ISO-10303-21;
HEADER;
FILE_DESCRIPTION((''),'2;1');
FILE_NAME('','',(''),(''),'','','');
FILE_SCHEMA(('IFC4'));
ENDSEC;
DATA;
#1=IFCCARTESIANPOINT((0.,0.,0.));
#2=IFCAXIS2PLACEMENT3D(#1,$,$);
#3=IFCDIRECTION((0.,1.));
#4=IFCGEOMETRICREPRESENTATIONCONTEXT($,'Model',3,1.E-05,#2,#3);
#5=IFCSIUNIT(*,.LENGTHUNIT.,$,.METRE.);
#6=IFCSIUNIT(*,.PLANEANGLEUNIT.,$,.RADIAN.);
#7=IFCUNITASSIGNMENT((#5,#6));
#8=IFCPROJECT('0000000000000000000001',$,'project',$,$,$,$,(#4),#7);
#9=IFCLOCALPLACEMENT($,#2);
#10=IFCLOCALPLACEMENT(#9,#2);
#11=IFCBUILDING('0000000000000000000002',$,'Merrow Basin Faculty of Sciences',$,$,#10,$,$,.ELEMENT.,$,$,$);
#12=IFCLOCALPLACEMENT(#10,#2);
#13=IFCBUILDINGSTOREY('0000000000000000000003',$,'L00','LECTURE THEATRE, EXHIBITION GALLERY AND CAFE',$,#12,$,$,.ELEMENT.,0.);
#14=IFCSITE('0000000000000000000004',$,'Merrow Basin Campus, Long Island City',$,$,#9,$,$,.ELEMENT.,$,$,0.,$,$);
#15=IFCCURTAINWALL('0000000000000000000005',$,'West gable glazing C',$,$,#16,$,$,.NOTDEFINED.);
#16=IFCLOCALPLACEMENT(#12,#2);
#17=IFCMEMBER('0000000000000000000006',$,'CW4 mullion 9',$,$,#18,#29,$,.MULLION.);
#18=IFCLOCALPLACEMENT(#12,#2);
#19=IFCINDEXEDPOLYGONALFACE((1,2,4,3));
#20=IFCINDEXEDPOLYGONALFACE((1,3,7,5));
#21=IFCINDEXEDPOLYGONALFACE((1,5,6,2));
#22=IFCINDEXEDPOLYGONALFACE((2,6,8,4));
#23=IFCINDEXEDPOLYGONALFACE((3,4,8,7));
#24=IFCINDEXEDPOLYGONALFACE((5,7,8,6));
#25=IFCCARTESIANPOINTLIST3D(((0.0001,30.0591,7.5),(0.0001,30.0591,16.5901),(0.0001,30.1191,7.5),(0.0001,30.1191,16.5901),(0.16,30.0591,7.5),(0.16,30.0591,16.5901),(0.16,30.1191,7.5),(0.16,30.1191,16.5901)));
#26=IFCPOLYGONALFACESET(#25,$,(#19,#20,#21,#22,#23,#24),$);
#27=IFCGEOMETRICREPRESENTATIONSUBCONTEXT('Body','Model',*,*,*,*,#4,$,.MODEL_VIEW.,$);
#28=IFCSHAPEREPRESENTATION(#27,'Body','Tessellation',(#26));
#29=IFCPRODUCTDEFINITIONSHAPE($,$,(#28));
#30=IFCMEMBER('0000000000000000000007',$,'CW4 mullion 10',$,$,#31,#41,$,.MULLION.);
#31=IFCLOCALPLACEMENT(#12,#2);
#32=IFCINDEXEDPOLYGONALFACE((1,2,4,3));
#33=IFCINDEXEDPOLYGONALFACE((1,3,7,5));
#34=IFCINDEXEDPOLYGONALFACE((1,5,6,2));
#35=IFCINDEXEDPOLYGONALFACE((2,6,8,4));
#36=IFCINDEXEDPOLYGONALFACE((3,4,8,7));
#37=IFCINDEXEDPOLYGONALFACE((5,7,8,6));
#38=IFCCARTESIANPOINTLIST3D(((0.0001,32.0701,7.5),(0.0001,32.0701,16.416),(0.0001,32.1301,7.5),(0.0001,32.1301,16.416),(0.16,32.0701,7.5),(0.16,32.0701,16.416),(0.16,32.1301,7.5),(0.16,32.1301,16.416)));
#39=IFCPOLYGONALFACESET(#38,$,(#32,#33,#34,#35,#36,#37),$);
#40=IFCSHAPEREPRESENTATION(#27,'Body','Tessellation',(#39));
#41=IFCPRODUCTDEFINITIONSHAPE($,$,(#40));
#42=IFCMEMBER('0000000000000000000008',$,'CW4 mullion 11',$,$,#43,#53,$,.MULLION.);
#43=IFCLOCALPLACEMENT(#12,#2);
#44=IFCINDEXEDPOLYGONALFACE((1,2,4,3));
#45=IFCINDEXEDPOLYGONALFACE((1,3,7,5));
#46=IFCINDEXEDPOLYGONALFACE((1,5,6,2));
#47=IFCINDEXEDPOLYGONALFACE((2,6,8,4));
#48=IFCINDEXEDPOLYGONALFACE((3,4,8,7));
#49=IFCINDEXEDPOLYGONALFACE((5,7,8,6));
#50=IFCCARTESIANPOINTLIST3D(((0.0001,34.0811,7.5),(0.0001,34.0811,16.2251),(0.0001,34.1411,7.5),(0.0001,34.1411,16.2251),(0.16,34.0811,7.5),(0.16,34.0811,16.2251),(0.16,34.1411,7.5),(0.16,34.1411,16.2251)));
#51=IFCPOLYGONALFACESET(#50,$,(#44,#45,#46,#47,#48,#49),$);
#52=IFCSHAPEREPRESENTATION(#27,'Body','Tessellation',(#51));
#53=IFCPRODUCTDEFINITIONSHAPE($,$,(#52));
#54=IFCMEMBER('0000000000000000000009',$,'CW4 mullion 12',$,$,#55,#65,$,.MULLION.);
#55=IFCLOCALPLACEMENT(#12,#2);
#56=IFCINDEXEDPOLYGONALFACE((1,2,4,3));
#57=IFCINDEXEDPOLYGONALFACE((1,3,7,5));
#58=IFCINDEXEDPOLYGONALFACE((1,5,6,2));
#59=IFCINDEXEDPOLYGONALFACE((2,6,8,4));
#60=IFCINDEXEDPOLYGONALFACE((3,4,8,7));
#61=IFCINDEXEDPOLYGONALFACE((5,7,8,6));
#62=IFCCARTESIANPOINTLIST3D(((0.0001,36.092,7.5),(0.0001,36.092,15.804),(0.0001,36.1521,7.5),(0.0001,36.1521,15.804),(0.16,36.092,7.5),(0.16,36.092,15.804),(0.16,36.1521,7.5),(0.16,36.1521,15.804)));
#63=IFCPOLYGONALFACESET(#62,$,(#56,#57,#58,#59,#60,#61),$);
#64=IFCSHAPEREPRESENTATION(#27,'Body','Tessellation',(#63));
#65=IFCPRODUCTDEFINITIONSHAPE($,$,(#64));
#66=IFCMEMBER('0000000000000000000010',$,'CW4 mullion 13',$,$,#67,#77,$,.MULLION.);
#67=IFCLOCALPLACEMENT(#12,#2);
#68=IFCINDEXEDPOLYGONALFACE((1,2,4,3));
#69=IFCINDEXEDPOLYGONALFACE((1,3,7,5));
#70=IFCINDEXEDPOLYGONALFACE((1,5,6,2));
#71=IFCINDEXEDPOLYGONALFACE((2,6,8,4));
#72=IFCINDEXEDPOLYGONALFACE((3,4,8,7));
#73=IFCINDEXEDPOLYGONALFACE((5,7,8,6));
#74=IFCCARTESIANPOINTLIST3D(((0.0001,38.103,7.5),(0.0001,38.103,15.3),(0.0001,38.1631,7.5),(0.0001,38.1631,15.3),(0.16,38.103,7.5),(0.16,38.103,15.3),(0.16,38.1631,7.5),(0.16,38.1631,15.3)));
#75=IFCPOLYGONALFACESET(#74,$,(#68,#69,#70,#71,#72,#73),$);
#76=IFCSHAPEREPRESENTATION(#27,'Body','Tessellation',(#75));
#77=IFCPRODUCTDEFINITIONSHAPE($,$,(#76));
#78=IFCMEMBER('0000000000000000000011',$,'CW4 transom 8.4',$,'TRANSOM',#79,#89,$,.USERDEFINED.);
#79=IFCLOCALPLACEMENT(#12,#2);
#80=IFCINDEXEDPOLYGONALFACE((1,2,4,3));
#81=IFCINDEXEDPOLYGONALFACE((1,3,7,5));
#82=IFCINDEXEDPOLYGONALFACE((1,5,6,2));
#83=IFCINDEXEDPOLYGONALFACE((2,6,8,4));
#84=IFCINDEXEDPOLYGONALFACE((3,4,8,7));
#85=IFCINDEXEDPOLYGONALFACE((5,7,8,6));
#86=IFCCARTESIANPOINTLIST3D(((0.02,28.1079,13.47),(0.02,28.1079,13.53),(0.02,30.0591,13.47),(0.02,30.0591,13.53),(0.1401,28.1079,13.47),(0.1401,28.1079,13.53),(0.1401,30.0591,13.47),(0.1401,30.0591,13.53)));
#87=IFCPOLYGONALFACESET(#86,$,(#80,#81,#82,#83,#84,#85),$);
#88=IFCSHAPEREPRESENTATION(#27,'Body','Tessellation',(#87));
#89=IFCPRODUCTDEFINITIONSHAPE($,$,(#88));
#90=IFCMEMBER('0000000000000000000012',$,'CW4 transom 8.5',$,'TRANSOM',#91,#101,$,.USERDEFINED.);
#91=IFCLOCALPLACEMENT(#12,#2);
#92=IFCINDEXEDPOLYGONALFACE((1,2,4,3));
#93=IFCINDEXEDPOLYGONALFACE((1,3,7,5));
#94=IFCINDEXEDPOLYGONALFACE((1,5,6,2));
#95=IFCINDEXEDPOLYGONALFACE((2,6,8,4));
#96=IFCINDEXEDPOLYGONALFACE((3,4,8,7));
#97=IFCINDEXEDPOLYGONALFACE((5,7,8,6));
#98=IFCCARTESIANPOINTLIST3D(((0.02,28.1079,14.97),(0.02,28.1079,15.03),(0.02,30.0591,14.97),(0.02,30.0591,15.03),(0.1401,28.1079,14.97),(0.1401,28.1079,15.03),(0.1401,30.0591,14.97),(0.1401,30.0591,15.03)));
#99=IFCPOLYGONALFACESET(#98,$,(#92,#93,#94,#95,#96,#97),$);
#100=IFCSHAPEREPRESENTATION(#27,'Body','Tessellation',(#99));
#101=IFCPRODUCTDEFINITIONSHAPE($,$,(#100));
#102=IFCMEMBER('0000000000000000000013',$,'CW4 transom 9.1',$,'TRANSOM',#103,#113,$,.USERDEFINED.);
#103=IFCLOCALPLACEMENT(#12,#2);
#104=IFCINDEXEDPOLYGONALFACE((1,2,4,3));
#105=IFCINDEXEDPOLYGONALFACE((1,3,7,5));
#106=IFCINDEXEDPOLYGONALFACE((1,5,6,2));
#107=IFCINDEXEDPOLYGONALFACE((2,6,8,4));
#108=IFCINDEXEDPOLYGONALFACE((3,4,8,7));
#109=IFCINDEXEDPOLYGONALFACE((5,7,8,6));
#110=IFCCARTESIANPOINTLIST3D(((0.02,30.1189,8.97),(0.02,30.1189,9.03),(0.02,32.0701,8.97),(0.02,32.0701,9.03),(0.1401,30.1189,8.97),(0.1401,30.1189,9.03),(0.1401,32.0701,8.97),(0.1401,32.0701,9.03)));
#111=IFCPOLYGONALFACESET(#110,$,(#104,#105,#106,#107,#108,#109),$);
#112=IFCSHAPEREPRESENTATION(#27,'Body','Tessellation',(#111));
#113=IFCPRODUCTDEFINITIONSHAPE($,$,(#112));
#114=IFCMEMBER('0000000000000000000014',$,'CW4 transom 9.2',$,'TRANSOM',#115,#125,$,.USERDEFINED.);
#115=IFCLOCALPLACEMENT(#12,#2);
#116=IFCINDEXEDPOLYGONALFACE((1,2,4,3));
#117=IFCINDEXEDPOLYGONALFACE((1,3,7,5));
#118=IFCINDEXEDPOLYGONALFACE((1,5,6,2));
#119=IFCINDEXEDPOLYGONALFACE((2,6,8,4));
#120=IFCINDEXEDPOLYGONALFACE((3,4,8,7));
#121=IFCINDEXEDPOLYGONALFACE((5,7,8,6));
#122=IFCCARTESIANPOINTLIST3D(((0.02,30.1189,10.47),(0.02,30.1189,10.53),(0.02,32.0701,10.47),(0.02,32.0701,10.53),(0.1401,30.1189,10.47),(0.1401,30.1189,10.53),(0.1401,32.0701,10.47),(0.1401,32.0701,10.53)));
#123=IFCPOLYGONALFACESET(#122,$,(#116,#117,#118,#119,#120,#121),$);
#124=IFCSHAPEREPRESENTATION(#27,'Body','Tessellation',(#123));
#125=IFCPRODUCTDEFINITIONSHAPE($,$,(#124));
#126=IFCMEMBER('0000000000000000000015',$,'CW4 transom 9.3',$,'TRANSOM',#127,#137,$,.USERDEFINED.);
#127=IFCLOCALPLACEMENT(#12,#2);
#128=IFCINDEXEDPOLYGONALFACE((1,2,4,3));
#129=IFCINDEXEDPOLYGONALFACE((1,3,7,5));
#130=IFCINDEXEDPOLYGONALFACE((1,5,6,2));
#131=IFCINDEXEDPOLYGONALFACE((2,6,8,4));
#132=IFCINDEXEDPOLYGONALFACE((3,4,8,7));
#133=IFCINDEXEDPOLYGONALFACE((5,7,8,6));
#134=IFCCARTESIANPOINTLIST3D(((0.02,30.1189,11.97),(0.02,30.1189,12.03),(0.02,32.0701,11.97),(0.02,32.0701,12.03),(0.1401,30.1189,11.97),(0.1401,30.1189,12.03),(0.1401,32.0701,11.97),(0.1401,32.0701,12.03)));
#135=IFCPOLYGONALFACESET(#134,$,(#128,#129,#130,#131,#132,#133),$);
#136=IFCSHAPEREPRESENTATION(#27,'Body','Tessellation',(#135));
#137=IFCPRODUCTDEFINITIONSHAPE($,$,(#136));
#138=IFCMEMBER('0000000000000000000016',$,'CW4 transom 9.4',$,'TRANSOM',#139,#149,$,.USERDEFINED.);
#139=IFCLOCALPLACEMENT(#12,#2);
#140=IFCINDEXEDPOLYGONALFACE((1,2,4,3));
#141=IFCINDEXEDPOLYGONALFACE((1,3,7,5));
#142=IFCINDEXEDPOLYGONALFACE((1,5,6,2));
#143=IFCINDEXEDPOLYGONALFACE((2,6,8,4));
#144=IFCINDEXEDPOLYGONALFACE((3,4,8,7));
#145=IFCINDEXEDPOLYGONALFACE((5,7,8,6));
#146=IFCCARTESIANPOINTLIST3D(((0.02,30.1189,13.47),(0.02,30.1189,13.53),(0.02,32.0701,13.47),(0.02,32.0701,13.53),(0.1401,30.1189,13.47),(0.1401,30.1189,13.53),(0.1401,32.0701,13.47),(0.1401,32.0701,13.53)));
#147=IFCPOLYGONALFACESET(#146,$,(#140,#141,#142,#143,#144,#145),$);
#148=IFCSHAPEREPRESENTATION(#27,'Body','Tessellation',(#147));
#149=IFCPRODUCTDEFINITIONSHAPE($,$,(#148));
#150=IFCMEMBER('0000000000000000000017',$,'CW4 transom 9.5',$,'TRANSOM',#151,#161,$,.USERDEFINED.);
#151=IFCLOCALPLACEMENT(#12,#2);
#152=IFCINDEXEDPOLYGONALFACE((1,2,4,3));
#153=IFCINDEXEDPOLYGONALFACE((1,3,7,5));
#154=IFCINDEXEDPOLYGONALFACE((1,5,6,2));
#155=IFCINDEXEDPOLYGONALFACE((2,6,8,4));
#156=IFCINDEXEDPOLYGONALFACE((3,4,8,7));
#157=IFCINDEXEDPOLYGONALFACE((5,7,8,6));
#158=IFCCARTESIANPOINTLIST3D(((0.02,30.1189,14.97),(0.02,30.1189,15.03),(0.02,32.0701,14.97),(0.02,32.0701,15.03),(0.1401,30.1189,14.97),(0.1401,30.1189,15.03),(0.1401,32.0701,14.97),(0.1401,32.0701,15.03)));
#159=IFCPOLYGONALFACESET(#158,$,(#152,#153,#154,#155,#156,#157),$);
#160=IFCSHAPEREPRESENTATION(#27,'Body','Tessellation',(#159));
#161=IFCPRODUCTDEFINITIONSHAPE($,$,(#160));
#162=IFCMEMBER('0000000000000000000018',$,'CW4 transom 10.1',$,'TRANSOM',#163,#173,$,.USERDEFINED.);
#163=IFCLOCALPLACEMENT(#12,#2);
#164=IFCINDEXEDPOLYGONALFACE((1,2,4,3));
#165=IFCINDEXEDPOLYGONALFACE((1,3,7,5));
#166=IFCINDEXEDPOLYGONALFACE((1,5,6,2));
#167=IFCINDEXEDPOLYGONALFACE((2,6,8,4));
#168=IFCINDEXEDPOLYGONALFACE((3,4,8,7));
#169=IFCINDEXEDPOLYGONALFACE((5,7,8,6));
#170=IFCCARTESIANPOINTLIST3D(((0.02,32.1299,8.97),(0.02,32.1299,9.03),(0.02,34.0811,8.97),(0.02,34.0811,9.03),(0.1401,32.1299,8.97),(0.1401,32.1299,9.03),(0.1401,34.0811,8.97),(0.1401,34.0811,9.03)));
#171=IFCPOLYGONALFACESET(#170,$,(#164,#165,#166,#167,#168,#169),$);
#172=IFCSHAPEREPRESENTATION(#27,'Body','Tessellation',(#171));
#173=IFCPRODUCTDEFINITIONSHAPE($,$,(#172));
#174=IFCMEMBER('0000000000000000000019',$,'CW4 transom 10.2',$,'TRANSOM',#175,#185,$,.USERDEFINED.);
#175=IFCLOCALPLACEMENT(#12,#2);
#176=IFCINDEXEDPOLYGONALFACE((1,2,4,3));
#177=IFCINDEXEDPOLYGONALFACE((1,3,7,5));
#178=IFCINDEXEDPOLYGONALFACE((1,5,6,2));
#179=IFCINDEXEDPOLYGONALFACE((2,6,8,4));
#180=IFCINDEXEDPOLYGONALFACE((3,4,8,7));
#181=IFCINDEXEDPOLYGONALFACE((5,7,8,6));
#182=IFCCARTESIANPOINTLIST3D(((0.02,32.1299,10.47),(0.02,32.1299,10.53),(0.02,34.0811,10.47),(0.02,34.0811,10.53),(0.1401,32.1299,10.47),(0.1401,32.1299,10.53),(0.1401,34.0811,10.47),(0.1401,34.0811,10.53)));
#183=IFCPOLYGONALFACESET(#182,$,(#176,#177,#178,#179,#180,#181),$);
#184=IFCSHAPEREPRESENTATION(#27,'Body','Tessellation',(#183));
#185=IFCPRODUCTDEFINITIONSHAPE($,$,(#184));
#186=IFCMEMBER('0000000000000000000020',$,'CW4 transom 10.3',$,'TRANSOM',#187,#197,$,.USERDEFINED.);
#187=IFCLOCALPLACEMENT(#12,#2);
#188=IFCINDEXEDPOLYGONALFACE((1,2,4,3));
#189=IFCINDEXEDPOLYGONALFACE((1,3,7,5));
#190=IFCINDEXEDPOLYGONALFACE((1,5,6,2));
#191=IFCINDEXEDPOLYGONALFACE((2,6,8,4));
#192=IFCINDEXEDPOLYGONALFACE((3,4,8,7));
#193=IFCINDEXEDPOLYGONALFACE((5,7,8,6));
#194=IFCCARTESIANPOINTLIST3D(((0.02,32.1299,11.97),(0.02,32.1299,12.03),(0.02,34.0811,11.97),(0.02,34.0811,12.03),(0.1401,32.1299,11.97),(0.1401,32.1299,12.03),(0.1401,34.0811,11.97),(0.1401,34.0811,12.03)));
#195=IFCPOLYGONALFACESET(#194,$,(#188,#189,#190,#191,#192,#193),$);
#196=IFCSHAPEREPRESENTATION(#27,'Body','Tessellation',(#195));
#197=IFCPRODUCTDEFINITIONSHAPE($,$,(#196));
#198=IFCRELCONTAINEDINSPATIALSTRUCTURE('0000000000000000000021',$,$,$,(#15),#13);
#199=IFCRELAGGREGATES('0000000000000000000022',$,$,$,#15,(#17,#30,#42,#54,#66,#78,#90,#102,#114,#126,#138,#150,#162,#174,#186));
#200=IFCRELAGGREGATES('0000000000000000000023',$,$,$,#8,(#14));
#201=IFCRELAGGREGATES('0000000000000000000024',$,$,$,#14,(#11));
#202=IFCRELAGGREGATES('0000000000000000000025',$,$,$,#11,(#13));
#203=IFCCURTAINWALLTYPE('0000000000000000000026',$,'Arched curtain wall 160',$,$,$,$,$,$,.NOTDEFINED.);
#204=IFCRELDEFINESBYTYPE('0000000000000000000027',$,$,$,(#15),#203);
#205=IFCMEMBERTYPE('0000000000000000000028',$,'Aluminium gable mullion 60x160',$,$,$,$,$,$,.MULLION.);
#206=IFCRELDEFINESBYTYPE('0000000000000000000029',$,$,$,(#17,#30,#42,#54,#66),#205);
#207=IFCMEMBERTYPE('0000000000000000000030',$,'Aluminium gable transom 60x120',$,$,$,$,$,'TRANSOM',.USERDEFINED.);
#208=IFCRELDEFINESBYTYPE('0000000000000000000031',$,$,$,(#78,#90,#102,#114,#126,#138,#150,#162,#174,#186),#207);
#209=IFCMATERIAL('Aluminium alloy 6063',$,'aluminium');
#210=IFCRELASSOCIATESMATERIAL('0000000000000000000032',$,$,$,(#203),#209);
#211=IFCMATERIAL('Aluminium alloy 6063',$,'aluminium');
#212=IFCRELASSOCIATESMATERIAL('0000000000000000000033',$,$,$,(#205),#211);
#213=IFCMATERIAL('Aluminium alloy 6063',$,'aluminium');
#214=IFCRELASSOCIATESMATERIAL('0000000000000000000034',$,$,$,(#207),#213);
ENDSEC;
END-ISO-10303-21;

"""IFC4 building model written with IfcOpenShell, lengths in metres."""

from ifc_helpers import new_model, si_unit, direction, frame, origin, origin_2d, place, context, subcontext, project, spatial, rectangle, extrude, material, material_profile, profile_set, type_object, element, aggregate, save


model = new_model("IFC4")

# Units and contexts
model_context = context("Model", 3, precision=1e-05, world=origin(), true_north=direction((0.0, 1.0)))
body_context = subcontext(model_context, "Body", "Model", "MODEL_VIEW")
ifc_project = project(units=[si_unit("LENGTHUNIT", "METRE"), si_unit("PLANEANGLEUNIT", "RADIAN")], contexts=[model_context])

# Site, building, storey
site_placement = place(None, origin())
site = spatial("IfcSite", under=ifc_project, at=site_placement, Name="Merrow Basin Campus, Long Island City", CompositionType="ELEMENT", RefElevation=0.0)
building_placement = place(site_placement, origin())
building = spatial("IfcBuilding", under=site, at=building_placement, Name="Merrow Basin Faculty of Sciences", CompositionType="ELEMENT")
storey_placement = place(building_placement, origin())
storey = spatial("IfcBuildingStorey", under=building, at=storey_placement, Name="L00", Description="LECTURE THEATRE, EXHIBITION GALLERY AND CAFE", CompositionType="ELEMENT", Elevation=0.0)

# Curtain wall, members
ifc_material_1 = material(Name="Aluminium alloy 6063", Category="aluminium")
curtain_wall_type = type_object("IfcCurtainWallType", Name="Arched curtain wall 160", PredefinedType="NOTDEFINED", material=ifc_material_1)
curtain_wall_placement = place(storey_placement, origin())
curtain_wall = element("IfcCurtainWall", 1, at=curtain_wall_placement, inside=storey, type_object=curtain_wall_type, Name="West gable glazing C", PredefinedType="NOTDEFINED")
ifc_material_2 = material(Name="Aluminium alloy 6063", Category="aluminium")
ifc_material_profile_1 = material_profile(ifc_material_2, rectangle(XDim=0.1599, YDim=0.0601, at=origin_2d()))
ifc_profile_set_1 = profile_set([ifc_material_profile_1], Name="Aluminium alloy 6063")
member_type_1 = type_object("IfcMemberType", Name="Aluminium gable mullion 60x160", PredefinedType="MULLION", material=ifc_profile_set_1)
member_1_placement = place(storey_placement, frame((0.0801, 30.0891, 7.5), z_axis=(0.0, 0.0, 1.0), x_axis=(1.0, 0.0, 0.0)))
member_1 = element("IfcMember", 2, at=member_1_placement, type_object=member_type_1, Name="CW4 mullion 9", PredefinedType="MULLION", context=body_context, shape_type="SweptSolid", body=[
    extrude(rectangle(XDim=0.1599, YDim=0.0601, at=origin_2d()), origin(), (0.0, 0.0, 1.0), 9.0901),
])
member_2_placement = place(storey_placement, frame((0.0801, 32.1001, 7.5), z_axis=(0.0, 0.0, 1.0), x_axis=(1.0, 0.0, 0.0)))
member_2 = element("IfcMember", 3, at=member_2_placement, type_object=member_type_1, Name="CW4 mullion 10", PredefinedType="MULLION", context=body_context, shape_type="SweptSolid", body=[
    extrude(rectangle(XDim=0.1599, YDim=0.0601, at=origin_2d()), origin(), (0.0, 0.0, 1.0), 8.916),
])
member_3_placement = place(storey_placement, frame((0.0801, 34.1111, 7.5), z_axis=(0.0, 0.0, 1.0), x_axis=(1.0, 0.0, 0.0)))
member_3 = element("IfcMember", 4, at=member_3_placement, type_object=member_type_1, Name="CW4 mullion 11", PredefinedType="MULLION", context=body_context, shape_type="SweptSolid", body=[
    extrude(rectangle(XDim=0.1599, YDim=0.0601, at=origin_2d()), origin(), (0.0, 0.0, 1.0), 8.7251),
])
member_4_placement = place(storey_placement, frame((0.0801, 36.1221, 7.5), z_axis=(0.0, 0.0, 1.0), x_axis=(1.0, 0.0, 0.0)))
member_4 = element("IfcMember", 5, at=member_4_placement, type_object=member_type_1, Name="CW4 mullion 12", PredefinedType="MULLION", context=body_context, shape_type="SweptSolid", body=[
    extrude(rectangle(XDim=0.1599, YDim=0.0601, at=origin_2d()), origin(), (0.0, 0.0, 1.0), 8.304),
])
member_5_placement = place(storey_placement, frame((0.0801, 38.1331, 7.5), z_axis=(0.0, 0.0, 1.0), x_axis=(1.0, 0.0, 0.0)))
member_5 = element("IfcMember", 6, at=member_5_placement, type_object=member_type_1, Name="CW4 mullion 13", PredefinedType="MULLION", context=body_context, shape_type="SweptSolid", body=[
    extrude(rectangle(XDim=0.1599, YDim=0.0601, at=origin_2d()), origin(), (0.0, 0.0, 1.0), 7.8),
])
ifc_material_3 = material(Name="Aluminium alloy 6063", Category="aluminium")
ifc_material_profile_2 = material_profile(ifc_material_3, rectangle(XDim=0.1201, YDim=0.0601, at=origin_2d()))
ifc_profile_set_2 = profile_set([ifc_material_profile_2], Name="Aluminium alloy 6063")
member_type_2 = type_object("IfcMemberType", Name="Aluminium gable transom 60x120", ElementType="TRANSOM", PredefinedType="USERDEFINED", material=ifc_profile_set_2)
member_6_placement = place(storey_placement, frame((0.0801, 28.1079, 13.5), z_axis=(0.0, 1.0, 0.0), x_axis=(-1.0, 0.0, 0.0)))
member_6 = element("IfcMember", 7, at=member_6_placement, type_object=member_type_2, Name="CW4 transom 8.4", ObjectType="TRANSOM", PredefinedType="USERDEFINED", context=body_context, shape_type="SweptSolid", body=[
    extrude(rectangle(XDim=0.1201, YDim=0.0601, at=origin_2d()), origin(), (0.0, 0.0, 1.0), 1.9512),
])
member_7_placement = place(storey_placement, frame((0.0801, 28.1079, 15.0), z_axis=(0.0, 1.0, 0.0), x_axis=(-1.0, 0.0, 0.0)))
member_7 = element("IfcMember", 8, at=member_7_placement, type_object=member_type_2, Name="CW4 transom 8.5", ObjectType="TRANSOM", PredefinedType="USERDEFINED", context=body_context, shape_type="SweptSolid", body=[
    extrude(rectangle(XDim=0.1201, YDim=0.0601, at=origin_2d()), origin(), (0.0, 0.0, 1.0), 1.9512),
])
member_8_placement = place(storey_placement, frame((0.0801, 30.1189, 9.0), z_axis=(0.0, 1.0, 0.0), x_axis=(-1.0, 0.0, 0.0)))
member_8 = element("IfcMember", 9, at=member_8_placement, type_object=member_type_2, Name="CW4 transom 9.1", ObjectType="TRANSOM", PredefinedType="USERDEFINED", context=body_context, shape_type="SweptSolid", body=[
    extrude(rectangle(XDim=0.1201, YDim=0.0601, at=origin_2d()), origin(), (0.0, 0.0, 1.0), 1.9512),
])
member_9_placement = place(storey_placement, frame((0.0801, 30.1189, 10.5), z_axis=(0.0, 1.0, 0.0), x_axis=(-1.0, 0.0, 0.0)))
member_9 = element("IfcMember", 10, at=member_9_placement, type_object=member_type_2, Name="CW4 transom 9.2", ObjectType="TRANSOM", PredefinedType="USERDEFINED", context=body_context, shape_type="SweptSolid", body=[
    extrude(rectangle(XDim=0.1201, YDim=0.0601, at=origin_2d()), origin(), (0.0, 0.0, 1.0), 1.9512),
])
member_10_placement = place(storey_placement, frame((0.0801, 30.1189, 12.0), z_axis=(0.0, 1.0, 0.0), x_axis=(-1.0, 0.0, 0.0)))
member_10 = element("IfcMember", 11, at=member_10_placement, type_object=member_type_2, Name="CW4 transom 9.3", ObjectType="TRANSOM", PredefinedType="USERDEFINED", context=body_context, shape_type="SweptSolid", body=[
    extrude(rectangle(XDim=0.1201, YDim=0.0601, at=origin_2d()), origin(), (0.0, 0.0, 1.0), 1.9512),
])
member_11_placement = place(storey_placement, frame((0.0801, 30.1189, 13.5), z_axis=(0.0, 1.0, 0.0), x_axis=(-1.0, 0.0, 0.0)))
member_11 = element("IfcMember", 12, at=member_11_placement, type_object=member_type_2, Name="CW4 transom 9.4", ObjectType="TRANSOM", PredefinedType="USERDEFINED", context=body_context, shape_type="SweptSolid", body=[
    extrude(rectangle(XDim=0.1201, YDim=0.0601, at=origin_2d()), origin(), (0.0, 0.0, 1.0), 1.9512),
])
member_12_placement = place(storey_placement, frame((0.0801, 30.1189, 15.0), z_axis=(0.0, 1.0, 0.0), x_axis=(-1.0, 0.0, 0.0)))
member_12 = element("IfcMember", 13, at=member_12_placement, type_object=member_type_2, Name="CW4 transom 9.5", ObjectType="TRANSOM", PredefinedType="USERDEFINED", context=body_context, shape_type="SweptSolid", body=[
    extrude(rectangle(XDim=0.1201, YDim=0.0601, at=origin_2d()), origin(), (0.0, 0.0, 1.0), 1.9512),
])
member_13_placement = place(storey_placement, frame((0.0801, 32.1299, 9.0), z_axis=(0.0, 1.0, 0.0), x_axis=(-1.0, 0.0, 0.0)))
member_13 = element("IfcMember", 14, at=member_13_placement, type_object=member_type_2, Name="CW4 transom 10.1", ObjectType="TRANSOM", PredefinedType="USERDEFINED", context=body_context, shape_type="SweptSolid", body=[
    extrude(rectangle(XDim=0.1201, YDim=0.0601, at=origin_2d()), origin(), (0.0, 0.0, 1.0), 1.9512),
])
member_14_placement = place(storey_placement, frame((0.0801, 32.1299, 10.5), z_axis=(0.0, 1.0, 0.0), x_axis=(-1.0, 0.0, 0.0)))
member_14 = element("IfcMember", 15, at=member_14_placement, type_object=member_type_2, Name="CW4 transom 10.2", ObjectType="TRANSOM", PredefinedType="USERDEFINED", context=body_context, shape_type="SweptSolid", body=[
    extrude(rectangle(XDim=0.1201, YDim=0.0601, at=origin_2d()), origin(), (0.0, 0.0, 1.0), 1.9512),
])
member_15_placement = place(storey_placement, frame((0.0801, 32.1299, 12.0), z_axis=(0.0, 1.0, 0.0), x_axis=(-1.0, 0.0, 0.0)))
member_15 = element("IfcMember", 16, at=member_15_placement, type_object=member_type_2, Name="CW4 transom 10.3", ObjectType="TRANSOM", PredefinedType="USERDEFINED", context=body_context, shape_type="SweptSolid", body=[
    extrude(rectangle(XDim=0.1201, YDim=0.0601, at=origin_2d()), origin(), (0.0, 0.0, 1.0), 1.9512),
])
aggregate(curtain_wall, [member_1, member_2, member_3, member_4, member_5, member_6, member_7, member_8, member_9, member_10, member_11, member_12, member_13, member_14, member_15])

save(model, "model.ifc")
